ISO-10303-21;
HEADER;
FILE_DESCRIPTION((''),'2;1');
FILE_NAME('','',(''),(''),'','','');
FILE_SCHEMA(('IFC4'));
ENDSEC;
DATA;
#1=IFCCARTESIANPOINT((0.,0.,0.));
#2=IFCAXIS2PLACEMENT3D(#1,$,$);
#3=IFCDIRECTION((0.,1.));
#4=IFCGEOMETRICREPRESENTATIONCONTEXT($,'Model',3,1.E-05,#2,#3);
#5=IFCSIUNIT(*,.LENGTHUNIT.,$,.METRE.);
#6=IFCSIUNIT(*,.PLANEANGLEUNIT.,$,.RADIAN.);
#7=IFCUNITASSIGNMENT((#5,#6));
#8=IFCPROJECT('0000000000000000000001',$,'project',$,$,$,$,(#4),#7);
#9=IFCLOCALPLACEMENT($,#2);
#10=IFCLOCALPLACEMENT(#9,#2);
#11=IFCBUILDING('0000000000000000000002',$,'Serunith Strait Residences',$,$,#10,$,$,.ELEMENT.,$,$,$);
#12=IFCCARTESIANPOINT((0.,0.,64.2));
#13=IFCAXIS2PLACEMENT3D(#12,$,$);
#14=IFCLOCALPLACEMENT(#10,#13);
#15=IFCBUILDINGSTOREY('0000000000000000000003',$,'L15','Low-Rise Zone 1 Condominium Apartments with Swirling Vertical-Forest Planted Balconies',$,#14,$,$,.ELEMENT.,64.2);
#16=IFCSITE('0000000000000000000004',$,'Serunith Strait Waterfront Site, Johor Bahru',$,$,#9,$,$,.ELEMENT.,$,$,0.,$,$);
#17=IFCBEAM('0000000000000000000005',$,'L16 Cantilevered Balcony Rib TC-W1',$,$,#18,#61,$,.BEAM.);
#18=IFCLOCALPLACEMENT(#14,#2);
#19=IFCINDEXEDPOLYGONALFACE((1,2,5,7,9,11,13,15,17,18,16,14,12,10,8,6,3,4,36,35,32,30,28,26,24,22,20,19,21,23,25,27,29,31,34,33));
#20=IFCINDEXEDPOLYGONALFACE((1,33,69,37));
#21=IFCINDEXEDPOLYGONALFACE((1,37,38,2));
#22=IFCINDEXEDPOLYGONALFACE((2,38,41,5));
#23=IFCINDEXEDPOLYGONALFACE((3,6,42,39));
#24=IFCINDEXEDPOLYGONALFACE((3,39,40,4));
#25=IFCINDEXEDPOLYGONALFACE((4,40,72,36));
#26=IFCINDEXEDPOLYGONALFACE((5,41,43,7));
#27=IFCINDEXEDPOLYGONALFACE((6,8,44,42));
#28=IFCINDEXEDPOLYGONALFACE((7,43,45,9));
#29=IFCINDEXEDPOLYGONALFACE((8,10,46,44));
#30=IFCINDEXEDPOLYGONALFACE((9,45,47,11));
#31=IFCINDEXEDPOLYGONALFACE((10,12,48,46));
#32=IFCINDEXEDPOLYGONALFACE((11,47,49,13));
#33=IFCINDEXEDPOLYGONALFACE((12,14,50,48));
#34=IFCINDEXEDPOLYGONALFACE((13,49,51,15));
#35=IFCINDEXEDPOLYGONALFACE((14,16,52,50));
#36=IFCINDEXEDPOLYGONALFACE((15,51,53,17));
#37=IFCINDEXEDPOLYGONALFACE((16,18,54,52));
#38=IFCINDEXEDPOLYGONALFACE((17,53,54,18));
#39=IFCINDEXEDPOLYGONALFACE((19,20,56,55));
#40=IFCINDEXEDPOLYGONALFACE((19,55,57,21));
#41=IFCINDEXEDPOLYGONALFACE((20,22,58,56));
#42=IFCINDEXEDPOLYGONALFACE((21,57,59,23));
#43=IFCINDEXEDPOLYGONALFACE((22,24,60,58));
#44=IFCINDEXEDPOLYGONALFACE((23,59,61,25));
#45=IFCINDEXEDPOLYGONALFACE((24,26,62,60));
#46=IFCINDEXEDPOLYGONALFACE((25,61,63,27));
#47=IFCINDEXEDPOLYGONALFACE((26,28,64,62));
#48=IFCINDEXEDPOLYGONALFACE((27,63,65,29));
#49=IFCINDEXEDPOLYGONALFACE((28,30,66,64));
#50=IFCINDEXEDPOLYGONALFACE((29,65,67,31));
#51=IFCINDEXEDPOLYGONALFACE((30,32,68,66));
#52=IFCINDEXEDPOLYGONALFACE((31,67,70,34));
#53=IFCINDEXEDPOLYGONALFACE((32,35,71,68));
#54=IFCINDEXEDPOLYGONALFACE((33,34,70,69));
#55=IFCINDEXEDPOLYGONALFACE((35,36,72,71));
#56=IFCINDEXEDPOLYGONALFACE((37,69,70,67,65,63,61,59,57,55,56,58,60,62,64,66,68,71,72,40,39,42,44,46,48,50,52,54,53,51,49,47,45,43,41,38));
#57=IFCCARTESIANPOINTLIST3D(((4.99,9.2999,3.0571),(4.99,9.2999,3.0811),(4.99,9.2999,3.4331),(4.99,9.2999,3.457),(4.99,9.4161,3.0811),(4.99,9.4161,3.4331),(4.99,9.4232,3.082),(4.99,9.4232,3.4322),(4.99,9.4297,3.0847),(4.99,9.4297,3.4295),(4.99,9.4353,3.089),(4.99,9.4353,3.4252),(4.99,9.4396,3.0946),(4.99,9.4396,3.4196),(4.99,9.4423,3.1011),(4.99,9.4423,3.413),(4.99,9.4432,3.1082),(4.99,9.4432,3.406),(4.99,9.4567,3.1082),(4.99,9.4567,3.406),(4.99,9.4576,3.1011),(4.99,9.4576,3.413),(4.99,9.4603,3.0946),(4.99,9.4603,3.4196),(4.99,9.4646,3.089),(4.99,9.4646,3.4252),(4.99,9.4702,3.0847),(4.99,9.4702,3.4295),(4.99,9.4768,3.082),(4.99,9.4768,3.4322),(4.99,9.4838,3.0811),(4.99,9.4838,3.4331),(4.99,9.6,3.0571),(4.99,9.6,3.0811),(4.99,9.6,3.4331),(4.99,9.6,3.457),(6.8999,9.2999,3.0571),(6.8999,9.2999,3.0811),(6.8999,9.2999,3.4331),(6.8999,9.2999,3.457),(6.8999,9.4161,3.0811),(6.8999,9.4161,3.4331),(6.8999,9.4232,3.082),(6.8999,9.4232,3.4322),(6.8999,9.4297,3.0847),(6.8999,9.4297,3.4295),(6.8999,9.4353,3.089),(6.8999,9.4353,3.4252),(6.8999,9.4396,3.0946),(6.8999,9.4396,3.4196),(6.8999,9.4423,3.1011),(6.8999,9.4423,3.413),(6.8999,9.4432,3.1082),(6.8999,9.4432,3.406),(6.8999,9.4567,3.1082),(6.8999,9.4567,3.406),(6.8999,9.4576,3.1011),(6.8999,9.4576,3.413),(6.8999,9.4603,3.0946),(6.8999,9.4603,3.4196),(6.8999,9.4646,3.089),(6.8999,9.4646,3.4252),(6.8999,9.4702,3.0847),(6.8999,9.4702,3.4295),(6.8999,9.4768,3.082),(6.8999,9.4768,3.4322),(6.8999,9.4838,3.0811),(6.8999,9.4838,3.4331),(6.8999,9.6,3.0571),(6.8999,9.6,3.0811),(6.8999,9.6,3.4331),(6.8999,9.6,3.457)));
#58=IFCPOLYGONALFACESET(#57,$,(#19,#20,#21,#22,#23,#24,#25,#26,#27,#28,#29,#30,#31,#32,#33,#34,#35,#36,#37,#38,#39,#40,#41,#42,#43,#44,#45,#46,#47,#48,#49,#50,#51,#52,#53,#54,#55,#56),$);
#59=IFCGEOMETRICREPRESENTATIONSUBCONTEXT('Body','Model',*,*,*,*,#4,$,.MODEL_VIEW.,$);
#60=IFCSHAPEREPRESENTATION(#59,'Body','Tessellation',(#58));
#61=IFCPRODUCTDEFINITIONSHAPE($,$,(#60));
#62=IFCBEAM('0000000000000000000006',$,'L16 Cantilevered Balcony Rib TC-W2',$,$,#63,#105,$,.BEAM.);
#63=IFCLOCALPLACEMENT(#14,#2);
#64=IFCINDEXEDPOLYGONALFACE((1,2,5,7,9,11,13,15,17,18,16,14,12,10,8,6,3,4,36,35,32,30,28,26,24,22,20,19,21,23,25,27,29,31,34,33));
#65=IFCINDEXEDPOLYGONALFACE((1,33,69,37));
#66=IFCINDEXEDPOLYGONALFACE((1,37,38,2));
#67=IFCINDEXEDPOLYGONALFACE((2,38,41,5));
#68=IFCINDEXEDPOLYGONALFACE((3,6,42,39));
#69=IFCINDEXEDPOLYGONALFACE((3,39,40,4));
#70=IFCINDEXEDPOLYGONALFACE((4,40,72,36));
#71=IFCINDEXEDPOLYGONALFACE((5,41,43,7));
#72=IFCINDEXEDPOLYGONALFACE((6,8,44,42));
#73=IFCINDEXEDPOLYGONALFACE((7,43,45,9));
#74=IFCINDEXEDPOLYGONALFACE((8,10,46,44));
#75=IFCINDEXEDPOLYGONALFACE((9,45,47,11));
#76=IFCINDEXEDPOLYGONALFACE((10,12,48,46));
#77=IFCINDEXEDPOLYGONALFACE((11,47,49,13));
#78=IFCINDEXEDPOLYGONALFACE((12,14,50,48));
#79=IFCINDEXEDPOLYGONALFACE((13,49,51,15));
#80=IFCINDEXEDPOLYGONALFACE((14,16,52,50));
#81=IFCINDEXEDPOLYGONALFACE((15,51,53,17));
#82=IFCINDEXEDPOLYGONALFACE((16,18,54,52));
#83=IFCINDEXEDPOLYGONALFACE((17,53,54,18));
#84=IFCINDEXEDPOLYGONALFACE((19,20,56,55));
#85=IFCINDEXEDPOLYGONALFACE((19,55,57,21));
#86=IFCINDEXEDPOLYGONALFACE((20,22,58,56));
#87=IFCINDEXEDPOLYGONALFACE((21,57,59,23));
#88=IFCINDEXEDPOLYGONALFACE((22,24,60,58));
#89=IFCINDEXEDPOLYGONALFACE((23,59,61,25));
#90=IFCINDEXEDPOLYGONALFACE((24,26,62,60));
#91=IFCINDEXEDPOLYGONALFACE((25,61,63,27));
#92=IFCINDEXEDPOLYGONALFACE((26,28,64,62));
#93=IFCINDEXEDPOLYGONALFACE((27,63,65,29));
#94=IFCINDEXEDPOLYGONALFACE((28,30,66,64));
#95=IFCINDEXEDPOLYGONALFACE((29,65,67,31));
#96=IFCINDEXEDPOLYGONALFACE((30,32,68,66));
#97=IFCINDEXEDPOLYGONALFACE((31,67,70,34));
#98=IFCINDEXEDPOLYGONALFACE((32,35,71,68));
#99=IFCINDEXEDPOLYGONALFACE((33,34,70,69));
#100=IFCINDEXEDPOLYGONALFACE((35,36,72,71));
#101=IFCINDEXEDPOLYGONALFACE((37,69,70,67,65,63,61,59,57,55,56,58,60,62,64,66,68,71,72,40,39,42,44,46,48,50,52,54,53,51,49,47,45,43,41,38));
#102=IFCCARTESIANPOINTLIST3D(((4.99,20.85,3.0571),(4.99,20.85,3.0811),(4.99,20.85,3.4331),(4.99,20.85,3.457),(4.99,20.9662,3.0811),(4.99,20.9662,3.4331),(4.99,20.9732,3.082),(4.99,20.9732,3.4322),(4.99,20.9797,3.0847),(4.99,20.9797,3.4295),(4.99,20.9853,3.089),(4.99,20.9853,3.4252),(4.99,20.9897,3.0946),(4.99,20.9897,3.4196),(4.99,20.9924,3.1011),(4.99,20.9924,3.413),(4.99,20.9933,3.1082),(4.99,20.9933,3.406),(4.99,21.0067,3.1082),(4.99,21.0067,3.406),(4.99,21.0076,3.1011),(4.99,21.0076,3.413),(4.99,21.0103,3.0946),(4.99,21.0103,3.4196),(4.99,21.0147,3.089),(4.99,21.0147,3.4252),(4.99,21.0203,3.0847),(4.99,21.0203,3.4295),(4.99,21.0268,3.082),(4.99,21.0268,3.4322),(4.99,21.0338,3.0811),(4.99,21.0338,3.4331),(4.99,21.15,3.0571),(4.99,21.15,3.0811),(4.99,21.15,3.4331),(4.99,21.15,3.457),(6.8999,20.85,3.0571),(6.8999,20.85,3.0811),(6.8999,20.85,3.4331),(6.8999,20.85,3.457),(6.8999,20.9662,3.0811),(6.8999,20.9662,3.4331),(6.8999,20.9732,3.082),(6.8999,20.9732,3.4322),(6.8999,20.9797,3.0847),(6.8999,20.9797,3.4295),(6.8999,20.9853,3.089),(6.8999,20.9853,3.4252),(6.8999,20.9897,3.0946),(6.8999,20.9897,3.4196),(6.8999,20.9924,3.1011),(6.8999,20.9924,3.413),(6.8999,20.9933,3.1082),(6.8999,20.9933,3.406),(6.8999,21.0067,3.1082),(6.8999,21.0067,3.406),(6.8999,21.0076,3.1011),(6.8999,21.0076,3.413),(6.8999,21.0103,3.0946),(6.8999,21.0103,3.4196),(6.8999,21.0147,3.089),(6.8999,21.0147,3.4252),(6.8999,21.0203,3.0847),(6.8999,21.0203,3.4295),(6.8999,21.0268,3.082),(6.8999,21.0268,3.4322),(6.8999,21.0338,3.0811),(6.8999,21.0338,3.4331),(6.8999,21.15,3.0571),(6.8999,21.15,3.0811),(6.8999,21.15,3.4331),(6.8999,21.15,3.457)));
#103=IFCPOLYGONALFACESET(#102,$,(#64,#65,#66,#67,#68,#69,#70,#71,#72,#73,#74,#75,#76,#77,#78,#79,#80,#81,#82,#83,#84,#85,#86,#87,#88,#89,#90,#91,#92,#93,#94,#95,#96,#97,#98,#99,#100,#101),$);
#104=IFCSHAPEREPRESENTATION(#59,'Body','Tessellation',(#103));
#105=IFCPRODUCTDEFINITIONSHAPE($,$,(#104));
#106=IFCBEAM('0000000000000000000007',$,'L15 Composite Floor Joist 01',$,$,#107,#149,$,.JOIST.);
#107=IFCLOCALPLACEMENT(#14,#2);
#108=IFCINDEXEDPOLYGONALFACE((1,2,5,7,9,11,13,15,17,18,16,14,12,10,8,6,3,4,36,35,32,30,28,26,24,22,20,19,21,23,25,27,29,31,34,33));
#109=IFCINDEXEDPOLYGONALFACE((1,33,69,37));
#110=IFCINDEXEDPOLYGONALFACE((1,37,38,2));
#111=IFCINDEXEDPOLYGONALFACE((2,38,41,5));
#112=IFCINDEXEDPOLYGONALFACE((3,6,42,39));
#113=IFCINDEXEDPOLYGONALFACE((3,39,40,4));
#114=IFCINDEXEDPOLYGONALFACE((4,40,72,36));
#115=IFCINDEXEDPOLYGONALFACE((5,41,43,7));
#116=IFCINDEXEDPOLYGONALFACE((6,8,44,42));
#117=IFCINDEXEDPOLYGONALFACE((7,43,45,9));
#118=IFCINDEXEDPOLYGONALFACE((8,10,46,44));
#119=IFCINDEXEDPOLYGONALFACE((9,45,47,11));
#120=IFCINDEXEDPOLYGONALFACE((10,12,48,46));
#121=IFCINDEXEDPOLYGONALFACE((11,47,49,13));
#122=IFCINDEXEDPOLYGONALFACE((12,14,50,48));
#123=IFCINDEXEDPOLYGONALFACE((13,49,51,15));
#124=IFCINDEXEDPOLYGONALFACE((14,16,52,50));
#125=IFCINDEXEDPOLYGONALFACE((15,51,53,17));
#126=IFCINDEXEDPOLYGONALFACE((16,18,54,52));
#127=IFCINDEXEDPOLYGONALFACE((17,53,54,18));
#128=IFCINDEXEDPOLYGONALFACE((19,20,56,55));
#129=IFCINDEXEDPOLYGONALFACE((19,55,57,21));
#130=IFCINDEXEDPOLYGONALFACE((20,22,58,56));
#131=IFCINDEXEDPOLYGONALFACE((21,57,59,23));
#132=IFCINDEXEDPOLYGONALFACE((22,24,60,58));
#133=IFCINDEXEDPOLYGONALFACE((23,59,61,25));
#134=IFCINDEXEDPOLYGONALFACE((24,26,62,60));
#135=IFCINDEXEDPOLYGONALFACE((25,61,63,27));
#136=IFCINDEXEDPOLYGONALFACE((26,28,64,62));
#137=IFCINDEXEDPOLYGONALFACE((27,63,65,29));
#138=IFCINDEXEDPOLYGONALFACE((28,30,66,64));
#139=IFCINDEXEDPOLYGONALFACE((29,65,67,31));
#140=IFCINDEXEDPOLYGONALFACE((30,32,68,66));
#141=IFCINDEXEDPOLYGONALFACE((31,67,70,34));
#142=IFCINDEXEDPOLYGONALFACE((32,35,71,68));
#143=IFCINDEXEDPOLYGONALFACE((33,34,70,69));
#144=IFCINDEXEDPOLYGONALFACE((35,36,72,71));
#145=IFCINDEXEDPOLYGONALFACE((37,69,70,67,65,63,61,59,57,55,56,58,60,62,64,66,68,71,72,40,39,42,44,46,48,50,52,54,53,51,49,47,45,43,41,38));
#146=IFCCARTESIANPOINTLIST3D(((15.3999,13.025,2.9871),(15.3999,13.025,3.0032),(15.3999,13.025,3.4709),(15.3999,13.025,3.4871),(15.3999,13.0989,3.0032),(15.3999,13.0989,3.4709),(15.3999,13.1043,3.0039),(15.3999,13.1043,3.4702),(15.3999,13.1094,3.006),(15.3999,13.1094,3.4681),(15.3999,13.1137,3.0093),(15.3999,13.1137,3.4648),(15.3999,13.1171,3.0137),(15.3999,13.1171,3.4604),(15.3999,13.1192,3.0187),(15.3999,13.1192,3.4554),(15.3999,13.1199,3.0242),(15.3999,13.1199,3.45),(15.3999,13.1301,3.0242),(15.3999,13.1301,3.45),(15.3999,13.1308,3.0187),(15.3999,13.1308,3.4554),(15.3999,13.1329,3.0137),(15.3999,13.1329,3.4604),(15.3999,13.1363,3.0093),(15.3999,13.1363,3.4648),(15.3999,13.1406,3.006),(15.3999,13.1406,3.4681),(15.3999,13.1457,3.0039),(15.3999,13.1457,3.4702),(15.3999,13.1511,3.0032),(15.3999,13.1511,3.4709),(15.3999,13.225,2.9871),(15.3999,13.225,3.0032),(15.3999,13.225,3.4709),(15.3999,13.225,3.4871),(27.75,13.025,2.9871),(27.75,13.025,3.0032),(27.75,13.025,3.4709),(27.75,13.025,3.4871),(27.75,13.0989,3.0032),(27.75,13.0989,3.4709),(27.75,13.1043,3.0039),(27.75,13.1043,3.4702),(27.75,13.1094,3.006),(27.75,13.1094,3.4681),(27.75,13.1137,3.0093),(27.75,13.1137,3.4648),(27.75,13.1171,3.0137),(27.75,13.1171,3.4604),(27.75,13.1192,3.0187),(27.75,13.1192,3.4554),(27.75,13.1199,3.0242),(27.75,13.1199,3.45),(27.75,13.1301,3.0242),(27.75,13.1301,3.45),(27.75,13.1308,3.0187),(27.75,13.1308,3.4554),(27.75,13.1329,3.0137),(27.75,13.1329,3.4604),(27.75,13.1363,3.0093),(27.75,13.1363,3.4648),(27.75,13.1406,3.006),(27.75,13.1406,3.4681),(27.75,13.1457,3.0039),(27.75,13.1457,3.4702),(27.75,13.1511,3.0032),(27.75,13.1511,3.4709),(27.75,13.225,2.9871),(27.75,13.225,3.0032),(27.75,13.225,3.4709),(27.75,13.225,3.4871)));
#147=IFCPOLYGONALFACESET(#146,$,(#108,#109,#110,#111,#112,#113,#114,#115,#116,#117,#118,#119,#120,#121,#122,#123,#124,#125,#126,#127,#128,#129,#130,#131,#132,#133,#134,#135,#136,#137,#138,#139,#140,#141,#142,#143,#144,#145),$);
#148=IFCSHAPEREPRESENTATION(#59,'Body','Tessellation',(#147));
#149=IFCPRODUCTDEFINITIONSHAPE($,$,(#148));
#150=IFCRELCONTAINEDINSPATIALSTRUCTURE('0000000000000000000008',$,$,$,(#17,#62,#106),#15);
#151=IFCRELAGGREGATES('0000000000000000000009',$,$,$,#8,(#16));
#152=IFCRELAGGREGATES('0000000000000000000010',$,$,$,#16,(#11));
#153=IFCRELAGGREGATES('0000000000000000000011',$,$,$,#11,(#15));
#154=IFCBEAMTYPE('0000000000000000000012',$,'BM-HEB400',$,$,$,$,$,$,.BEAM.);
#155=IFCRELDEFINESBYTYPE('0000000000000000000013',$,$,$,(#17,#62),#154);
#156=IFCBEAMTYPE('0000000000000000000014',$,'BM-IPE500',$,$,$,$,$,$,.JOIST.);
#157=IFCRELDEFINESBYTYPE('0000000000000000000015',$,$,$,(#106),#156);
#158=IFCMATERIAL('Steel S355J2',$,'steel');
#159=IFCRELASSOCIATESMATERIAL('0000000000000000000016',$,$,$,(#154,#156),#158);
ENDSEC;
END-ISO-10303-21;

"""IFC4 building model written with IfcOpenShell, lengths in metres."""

from ifc_helpers import new_model, si_unit, direction, frame, origin, origin_2d, place, context, subcontext, project, spatial, i_section, extrude, source, transform, mapped, material, material_profile, profile_set, type_object, element, save


model = new_model("IFC4")

# Units and contexts
model_context = context("Model", 3, precision=1e-05, world=origin(), true_north=direction((0.0, 1.0)))
body_context = subcontext(model_context, "Body", "Model", "MODEL_VIEW")
ifc_project = project(units=[si_unit("LENGTHUNIT", "METRE"), si_unit("PLANEANGLEUNIT", "RADIAN")], contexts=[model_context])

# Site, building, storey
site_placement = place(None, origin())
site = spatial("IfcSite", under=ifc_project, at=site_placement, Name="Serunith Strait Waterfront Site, Johor Bahru", CompositionType="ELEMENT", RefElevation=0.0)
building_placement = place(site_placement, origin())
building = spatial("IfcBuilding", under=site, at=building_placement, Name="Serunith Strait Residences", CompositionType="ELEMENT")
storey_placement = place(building_placement, frame((0.0, 0.0, 64.2)))
storey = spatial("IfcBuildingStorey", under=building, at=storey_placement, Name="L15", Description="Low-Rise Zone 1 Condominium Apartments with Swirling Vertical-Forest Planted Balconies", CompositionType="ELEMENT", Elevation=64.2)

# Beams
ifc_material_1 = material(Name="Steel S355J2", Category="steel")
ifc_material_profile_1 = material_profile(ifc_material_1, i_section(OverallWidth=0.3, OverallDepth=0.3999, WebThickness=0.0134, FlangeThickness=0.0239, FilletRadius=0.0271, at=origin_2d()), Name="HEB 400")
ifc_profile_set_1 = profile_set([ifc_material_profile_1], Name="Steel S355J2")
beam_type_1 = type_object("IfcBeamType", Name="BM-HEB400", PredefinedType="BEAM", material=ifc_profile_set_1)
shared_shape_1 = source(origin(), body_context, "Body", "SweptSolid", [
    extrude(i_section(OverallWidth=0.3, OverallDepth=0.3999, WebThickness=0.0134, FlangeThickness=0.0239, FilletRadius=0.0271, at=origin_2d()), origin(), (0.0, 0.0, 1.0), 1.9099),
])
for number, where, z_axis, x_axis, name in (
    (1, (6.8999, 9.45, 3.2571), (-1.0, 0.0, 0.0), (0.0, -1.0, 0.0), "L16 Cantilevered Balcony Rib TC-W1"),
    (2, (6.8999, 21.0, 3.2571), (-1.0, 0.0, 0.0), (0.0, -1.0, 0.0), "L16 Cantilevered Balcony Rib TC-W2"),
):
    element("IfcBeam", number, at=place(storey_placement, frame(where, z_axis=z_axis, x_axis=x_axis)), inside=storey, type_object=beam_type_1, Name=name, PredefinedType="BEAM", context=body_context, shape_type="MappedRepresentation", body=[
        mapped(shared_shape_1, transform((0.0, 0.0, 0.0), scale=1.0)),
    ])
ifc_material_profile_2 = material_profile(ifc_material_1, i_section(OverallWidth=0.2, OverallDepth=0.5, WebThickness=0.0103, FlangeThickness=0.0161, FilletRadius=0.021, at=origin_2d()), Name="IPE 500")
ifc_profile_set_2 = profile_set([ifc_material_profile_2], Name="Steel S355J2")
beam_type_2 = type_object("IfcBeamType", Name="BM-IPE500", PredefinedType="JOIST", material=ifc_profile_set_2)
shared_shape_2 = source(origin(), body_context, "Body", "SweptSolid", [
    extrude(i_section(OverallWidth=0.2, OverallDepth=0.5, WebThickness=0.0103, FlangeThickness=0.0161, FilletRadius=0.021, at=origin_2d()), origin(), (0.0, 0.0, 1.0), 12.3501),
])
beam_1_placement = place(storey_placement, frame((15.3999, 13.125, 3.2371), z_axis=(1.0, 0.0, 0.0), x_axis=(0.0, 1.0, 0.0)))
element("IfcBeam", 3, at=beam_1_placement, inside=storey, type_object=beam_type_2, Name="L15 Composite Floor Joist 01", PredefinedType="JOIST", context=body_context, shape_type="MappedRepresentation", body=[
    mapped(shared_shape_2, transform((0.0, 0.0, 0.0), scale=1.0)),
])

save(model, "model.ifc")
